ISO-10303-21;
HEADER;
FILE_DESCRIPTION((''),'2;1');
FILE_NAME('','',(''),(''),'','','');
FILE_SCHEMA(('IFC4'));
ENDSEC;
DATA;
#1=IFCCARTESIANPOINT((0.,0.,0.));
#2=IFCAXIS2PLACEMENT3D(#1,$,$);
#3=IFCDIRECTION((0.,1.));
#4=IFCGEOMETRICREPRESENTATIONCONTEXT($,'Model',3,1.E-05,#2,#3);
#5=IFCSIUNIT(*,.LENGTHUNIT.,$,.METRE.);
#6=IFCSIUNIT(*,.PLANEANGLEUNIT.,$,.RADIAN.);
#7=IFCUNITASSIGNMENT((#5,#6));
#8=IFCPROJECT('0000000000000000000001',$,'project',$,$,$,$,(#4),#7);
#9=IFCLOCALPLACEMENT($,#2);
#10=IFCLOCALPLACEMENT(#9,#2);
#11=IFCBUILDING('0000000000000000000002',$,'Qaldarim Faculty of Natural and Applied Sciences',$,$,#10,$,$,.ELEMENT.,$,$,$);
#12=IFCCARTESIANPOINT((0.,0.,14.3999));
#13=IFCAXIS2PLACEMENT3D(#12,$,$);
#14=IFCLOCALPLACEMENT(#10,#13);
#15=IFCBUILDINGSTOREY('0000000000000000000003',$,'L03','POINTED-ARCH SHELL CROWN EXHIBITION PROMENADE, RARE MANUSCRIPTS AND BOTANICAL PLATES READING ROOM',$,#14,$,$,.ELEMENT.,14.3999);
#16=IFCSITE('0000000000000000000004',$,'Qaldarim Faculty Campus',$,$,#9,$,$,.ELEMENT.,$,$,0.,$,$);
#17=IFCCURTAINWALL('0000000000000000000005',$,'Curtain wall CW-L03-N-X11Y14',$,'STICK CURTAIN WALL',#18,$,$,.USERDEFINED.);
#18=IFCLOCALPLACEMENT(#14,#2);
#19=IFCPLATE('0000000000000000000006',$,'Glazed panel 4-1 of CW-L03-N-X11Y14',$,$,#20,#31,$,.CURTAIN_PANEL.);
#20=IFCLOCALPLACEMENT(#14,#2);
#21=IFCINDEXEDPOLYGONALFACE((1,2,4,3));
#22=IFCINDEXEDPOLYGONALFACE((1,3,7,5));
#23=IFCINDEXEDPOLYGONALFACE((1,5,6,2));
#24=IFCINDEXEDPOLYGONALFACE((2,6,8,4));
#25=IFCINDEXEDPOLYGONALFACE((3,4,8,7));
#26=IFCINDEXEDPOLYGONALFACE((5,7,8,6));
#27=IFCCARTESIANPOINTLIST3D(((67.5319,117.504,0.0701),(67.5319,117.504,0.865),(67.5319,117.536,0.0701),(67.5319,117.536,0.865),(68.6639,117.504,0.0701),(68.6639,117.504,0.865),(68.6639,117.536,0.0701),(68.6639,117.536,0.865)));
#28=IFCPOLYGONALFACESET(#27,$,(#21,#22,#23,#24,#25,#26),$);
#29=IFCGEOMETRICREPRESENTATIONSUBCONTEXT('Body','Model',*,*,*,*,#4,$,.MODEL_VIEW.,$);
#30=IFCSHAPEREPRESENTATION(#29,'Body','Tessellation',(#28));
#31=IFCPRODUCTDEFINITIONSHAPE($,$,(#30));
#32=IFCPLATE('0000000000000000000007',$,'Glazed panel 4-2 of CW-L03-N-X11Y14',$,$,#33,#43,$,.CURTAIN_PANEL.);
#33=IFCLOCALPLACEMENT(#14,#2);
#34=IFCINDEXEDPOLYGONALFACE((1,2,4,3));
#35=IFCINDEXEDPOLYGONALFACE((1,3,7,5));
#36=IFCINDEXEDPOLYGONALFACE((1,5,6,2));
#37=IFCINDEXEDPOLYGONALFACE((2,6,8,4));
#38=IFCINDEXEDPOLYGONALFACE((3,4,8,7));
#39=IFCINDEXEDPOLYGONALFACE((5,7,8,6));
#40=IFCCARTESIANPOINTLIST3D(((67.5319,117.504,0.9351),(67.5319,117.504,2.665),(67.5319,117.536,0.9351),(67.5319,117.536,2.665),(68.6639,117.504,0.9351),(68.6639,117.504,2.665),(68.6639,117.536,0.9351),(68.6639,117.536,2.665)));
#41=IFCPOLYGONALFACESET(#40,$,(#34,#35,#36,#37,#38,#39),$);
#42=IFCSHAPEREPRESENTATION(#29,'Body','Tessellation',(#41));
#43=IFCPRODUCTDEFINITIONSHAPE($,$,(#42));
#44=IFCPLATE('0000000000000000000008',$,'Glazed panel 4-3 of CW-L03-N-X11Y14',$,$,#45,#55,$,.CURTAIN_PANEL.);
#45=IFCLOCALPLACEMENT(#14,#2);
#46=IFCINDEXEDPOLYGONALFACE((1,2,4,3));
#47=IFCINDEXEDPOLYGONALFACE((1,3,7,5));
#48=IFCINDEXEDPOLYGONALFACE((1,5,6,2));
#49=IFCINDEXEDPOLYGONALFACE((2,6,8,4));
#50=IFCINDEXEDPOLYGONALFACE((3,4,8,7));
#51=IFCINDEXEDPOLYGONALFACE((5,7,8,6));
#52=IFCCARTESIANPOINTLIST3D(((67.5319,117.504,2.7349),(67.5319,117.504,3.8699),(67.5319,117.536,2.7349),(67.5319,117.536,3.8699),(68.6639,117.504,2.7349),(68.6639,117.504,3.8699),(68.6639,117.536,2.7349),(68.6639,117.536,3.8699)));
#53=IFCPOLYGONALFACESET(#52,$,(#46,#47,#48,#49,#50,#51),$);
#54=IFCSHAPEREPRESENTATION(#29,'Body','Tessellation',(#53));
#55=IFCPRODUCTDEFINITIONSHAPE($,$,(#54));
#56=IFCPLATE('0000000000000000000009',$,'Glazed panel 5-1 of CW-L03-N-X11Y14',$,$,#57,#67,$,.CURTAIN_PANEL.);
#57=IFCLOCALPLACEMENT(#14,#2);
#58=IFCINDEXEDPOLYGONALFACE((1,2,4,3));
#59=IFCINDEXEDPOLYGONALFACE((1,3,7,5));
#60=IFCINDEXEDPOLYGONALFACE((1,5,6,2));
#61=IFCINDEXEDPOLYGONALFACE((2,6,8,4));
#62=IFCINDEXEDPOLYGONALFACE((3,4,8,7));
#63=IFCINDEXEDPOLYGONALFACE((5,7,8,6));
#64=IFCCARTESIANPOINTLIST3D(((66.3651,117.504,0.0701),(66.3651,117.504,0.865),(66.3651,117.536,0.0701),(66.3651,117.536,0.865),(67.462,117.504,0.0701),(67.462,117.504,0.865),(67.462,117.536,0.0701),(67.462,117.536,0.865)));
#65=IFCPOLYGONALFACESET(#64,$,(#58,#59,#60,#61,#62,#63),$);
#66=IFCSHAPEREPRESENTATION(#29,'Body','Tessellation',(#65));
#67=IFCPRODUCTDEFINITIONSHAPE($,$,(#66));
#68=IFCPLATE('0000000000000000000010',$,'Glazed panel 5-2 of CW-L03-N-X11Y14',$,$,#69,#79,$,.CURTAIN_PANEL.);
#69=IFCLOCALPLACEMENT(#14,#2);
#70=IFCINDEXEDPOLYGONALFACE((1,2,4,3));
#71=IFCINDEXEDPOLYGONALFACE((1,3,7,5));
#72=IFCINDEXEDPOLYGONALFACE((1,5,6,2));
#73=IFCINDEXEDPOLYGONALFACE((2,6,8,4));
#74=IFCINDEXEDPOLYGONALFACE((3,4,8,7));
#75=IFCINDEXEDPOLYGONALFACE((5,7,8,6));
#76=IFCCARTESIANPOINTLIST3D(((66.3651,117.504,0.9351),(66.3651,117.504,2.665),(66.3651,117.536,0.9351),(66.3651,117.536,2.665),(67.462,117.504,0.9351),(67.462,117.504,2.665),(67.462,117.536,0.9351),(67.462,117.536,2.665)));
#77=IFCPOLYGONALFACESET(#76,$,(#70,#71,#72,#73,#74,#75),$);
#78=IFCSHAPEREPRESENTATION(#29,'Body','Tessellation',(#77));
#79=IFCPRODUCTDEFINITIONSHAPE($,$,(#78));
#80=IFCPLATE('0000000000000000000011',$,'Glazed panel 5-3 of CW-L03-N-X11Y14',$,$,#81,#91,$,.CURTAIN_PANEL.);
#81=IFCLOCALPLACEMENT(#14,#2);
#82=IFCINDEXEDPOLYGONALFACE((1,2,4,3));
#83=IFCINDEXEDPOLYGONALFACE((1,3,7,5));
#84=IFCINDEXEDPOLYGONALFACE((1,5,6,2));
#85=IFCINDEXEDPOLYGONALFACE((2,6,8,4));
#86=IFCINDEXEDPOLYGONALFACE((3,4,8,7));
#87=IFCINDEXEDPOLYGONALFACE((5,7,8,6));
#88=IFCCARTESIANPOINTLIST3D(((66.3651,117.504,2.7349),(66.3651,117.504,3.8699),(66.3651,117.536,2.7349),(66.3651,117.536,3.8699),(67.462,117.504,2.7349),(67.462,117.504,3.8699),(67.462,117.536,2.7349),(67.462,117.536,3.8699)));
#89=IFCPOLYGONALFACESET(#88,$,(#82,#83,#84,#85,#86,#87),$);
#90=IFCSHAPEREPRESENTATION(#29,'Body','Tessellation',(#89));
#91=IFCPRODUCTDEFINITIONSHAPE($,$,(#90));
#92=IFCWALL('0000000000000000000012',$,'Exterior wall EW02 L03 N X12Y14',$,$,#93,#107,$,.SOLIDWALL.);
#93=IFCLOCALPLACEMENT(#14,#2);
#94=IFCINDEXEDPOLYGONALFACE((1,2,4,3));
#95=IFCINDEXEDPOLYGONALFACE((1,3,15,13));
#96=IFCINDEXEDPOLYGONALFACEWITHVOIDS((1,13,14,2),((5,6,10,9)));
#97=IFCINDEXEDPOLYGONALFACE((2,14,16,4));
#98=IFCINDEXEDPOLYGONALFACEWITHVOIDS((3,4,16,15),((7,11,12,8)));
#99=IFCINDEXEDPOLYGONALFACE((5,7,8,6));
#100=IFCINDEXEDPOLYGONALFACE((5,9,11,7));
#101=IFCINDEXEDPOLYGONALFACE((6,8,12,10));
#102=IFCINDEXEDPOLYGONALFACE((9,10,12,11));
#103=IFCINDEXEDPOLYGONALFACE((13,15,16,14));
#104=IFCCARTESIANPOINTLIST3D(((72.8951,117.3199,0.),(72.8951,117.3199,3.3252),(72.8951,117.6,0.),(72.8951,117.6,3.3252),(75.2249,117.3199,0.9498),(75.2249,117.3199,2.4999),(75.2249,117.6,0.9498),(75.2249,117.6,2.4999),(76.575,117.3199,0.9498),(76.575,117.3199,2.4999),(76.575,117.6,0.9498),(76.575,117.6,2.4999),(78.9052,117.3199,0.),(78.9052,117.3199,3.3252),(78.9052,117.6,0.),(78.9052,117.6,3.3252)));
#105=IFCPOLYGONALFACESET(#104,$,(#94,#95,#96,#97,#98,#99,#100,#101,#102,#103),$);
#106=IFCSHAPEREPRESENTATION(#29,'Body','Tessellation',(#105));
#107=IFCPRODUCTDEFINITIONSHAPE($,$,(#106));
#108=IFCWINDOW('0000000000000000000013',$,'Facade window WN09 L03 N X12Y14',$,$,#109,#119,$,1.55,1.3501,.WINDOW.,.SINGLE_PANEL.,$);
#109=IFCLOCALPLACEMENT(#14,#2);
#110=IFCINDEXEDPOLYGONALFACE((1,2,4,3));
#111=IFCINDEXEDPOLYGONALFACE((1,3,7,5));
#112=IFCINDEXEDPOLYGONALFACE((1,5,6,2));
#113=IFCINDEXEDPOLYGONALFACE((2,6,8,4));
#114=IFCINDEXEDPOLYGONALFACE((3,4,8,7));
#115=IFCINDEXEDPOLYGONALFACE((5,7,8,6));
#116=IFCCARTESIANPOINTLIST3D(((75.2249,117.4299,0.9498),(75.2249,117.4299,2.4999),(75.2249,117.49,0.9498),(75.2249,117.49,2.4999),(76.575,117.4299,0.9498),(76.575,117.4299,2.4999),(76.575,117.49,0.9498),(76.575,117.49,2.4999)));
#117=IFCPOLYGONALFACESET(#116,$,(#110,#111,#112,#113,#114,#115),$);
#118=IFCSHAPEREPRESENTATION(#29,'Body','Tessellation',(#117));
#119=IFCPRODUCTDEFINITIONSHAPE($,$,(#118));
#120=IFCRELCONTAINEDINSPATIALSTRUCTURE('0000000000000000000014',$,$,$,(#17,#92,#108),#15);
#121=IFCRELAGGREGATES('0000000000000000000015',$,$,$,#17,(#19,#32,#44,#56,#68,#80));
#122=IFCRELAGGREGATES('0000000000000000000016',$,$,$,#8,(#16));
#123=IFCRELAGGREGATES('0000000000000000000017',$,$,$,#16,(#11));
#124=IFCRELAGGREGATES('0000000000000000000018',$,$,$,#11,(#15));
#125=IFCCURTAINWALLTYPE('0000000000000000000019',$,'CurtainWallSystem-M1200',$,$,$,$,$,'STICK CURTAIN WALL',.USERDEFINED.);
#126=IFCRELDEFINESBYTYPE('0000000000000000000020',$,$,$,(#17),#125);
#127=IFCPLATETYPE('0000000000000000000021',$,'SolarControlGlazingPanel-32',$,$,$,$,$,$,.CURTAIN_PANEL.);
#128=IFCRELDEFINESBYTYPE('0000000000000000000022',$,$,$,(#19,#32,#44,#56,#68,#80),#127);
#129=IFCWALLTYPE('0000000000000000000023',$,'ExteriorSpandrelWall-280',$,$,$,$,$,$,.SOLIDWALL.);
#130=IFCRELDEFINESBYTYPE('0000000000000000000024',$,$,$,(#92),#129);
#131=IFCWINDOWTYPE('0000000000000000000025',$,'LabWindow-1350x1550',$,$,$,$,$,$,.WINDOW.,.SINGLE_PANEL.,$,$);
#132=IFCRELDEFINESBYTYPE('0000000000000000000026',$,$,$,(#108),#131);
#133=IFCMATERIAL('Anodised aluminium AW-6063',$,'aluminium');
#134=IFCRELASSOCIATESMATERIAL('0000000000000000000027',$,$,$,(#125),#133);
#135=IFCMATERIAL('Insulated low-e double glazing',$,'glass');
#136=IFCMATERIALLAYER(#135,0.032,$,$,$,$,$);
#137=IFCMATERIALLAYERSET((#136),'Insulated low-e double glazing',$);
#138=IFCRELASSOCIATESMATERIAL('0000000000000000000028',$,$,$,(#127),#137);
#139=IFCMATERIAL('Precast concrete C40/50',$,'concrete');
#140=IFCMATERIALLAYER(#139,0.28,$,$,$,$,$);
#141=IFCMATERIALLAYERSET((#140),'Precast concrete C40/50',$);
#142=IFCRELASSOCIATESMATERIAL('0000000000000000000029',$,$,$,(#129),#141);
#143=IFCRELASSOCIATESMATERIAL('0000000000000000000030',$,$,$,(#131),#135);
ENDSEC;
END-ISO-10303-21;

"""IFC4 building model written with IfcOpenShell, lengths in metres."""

from ifc_helpers import new_model, si_unit, direction, frame, frame_2d, origin, origin_2d, place, context, subcontext, project, spatial, rectangle, extrude, material, layer, layer_set, type_object, element, fill, aggregate, save


model = new_model("IFC4")

# Units and contexts
model_context = context("Model", 3, precision=1e-05, world=origin(), true_north=direction((0.0, 1.0)))
body_context = subcontext(model_context, "Body", "Model", "MODEL_VIEW")
ifc_project = project(units=[si_unit("LENGTHUNIT", "METRE"), si_unit("PLANEANGLEUNIT", "RADIAN")], contexts=[model_context])

# Site, building, storey
site_placement = place(None, origin())
site = spatial("IfcSite", under=ifc_project, at=site_placement, Name="Qaldarim Faculty Campus", CompositionType="ELEMENT", RefElevation=0.0)
building_placement = place(site_placement, origin())
building = spatial("IfcBuilding", under=site, at=building_placement, Name="Qaldarim Faculty of Natural and Applied Sciences", CompositionType="ELEMENT")
storey_placement = place(building_placement, frame((0.0, 0.0, 14.3999)))
storey = spatial("IfcBuildingStorey", under=building, at=storey_placement, Name="L03", Description="POINTED-ARCH SHELL CROWN EXHIBITION PROMENADE, RARE MANUSCRIPTS AND BOTANICAL PLATES READING ROOM", CompositionType="ELEMENT", Elevation=14.3999)

# Curtain wall, plates
ifc_material_1 = material(Name="Anodised aluminium AW-6063", Category="aluminium")
curtain_wall_type = type_object("IfcCurtainWallType", Name="CurtainWallSystem-M1200", ElementType="STICK CURTAIN WALL", PredefinedType="USERDEFINED", material=ifc_material_1)
curtain_wall_placement = place(storey_placement, origin())
curtain_wall = element("IfcCurtainWall", 1, at=curtain_wall_placement, inside=storey, type_object=curtain_wall_type, Name="Curtain wall CW-L03-N-X11Y14", ObjectType="STICK CURTAIN WALL", PredefinedType="USERDEFINED")
ifc_material_2 = material(Name="Insulated low-e double glazing", Category="glass")
ifc_layer_1 = layer(ifc_material_2, 0.032)
ifc_layer_set_1 = layer_set([ifc_layer_1], Name="Insulated low-e double glazing")
plate_type = type_object("IfcPlateType", Name="SolarControlGlazingPanel-32", PredefinedType="CURTAIN_PANEL", material=ifc_layer_set_1)
plate_1_placement = place(storey_placement, frame((68.0979, 117.52, 0.0701), z_axis=(0.0, 0.0, 1.0), x_axis=(-1.0, 0.0, 0.0)))
plate_1 = element("IfcPlate", 2, at=plate_1_placement, type_object=plate_type, Name="Glazed panel 4-1 of CW-L03-N-X11Y14", PredefinedType="CURTAIN_PANEL", context=body_context, shape_type="SweptSolid", body=[
    extrude(rectangle(XDim=1.1321, YDim=0.032, at=origin_2d()), origin(), (0.0, 0.0, 1.0), 0.7949),
])
plate_2_placement = place(storey_placement, frame((68.0979, 117.52, 0.9351), z_axis=(0.0, 0.0, 1.0), x_axis=(-1.0, 0.0, 0.0)))
plate_2 = element("IfcPlate", 3, at=plate_2_placement, type_object=plate_type, Name="Glazed panel 4-2 of CW-L03-N-X11Y14", PredefinedType="CURTAIN_PANEL", context=body_context, shape_type="SweptSolid", body=[
    extrude(rectangle(XDim=1.1321, YDim=0.032, at=origin_2d()), origin(), (0.0, 0.0, 1.0), 1.73),
])
plate_3_placement = place(storey_placement, frame((68.0979, 117.52, 2.7349), z_axis=(0.0, 0.0, 1.0), x_axis=(-1.0, 0.0, 0.0)))
plate_3 = element("IfcPlate", 4, at=plate_3_placement, type_object=plate_type, Name="Glazed panel 4-3 of CW-L03-N-X11Y14", PredefinedType="CURTAIN_PANEL", context=body_context, shape_type="SweptSolid", body=[
    extrude(rectangle(XDim=1.1321, YDim=0.032, at=origin_2d()), origin(), (0.0, 0.0, 1.0), 1.135),
])
plate_4_placement = place(storey_placement, frame((66.9136, 117.52, 0.0701), z_axis=(0.0, 0.0, 1.0), x_axis=(-1.0, 0.0, 0.0)))
plate_4 = element("IfcPlate", 5, at=plate_4_placement, type_object=plate_type, Name="Glazed panel 5-1 of CW-L03-N-X11Y14", PredefinedType="CURTAIN_PANEL", context=body_context, shape_type="SweptSolid", body=[
    extrude(rectangle(XDim=1.0969, YDim=0.032, at=origin_2d()), origin(), (0.0, 0.0, 1.0), 0.7949),
])
plate_5_placement = place(storey_placement, frame((66.9136, 117.52, 0.9351), z_axis=(0.0, 0.0, 1.0), x_axis=(-1.0, 0.0, 0.0)))
plate_5 = element("IfcPlate", 6, at=plate_5_placement, type_object=plate_type, Name="Glazed panel 5-2 of CW-L03-N-X11Y14", PredefinedType="CURTAIN_PANEL", context=body_context, shape_type="SweptSolid", body=[
    extrude(rectangle(XDim=1.0969, YDim=0.032, at=origin_2d()), origin(), (0.0, 0.0, 1.0), 1.73),
])
plate_6_placement = place(storey_placement, frame((66.9136, 117.52, 2.7349), z_axis=(0.0, 0.0, 1.0), x_axis=(-1.0, 0.0, 0.0)))
plate_6 = element("IfcPlate", 7, at=plate_6_placement, type_object=plate_type, Name="Glazed panel 5-3 of CW-L03-N-X11Y14", PredefinedType="CURTAIN_PANEL", context=body_context, shape_type="SweptSolid", body=[
    extrude(rectangle(XDim=1.0969, YDim=0.032, at=origin_2d()), origin(), (0.0, 0.0, 1.0), 1.135),
])
aggregate(curtain_wall, [plate_1, plate_2, plate_3, plate_4, plate_5, plate_6])

# Wall, opening, window
ifc_material_3 = material(Name="Precast concrete C40/50", Category="concrete")
ifc_layer_2 = layer(ifc_material_3, 0.28)
ifc_layer_set_2 = layer_set([ifc_layer_2], Name="Precast concrete C40/50")
wall_type = type_object("IfcWallType", Name="ExteriorSpandrelWall-280", PredefinedType="SOLIDWALL", material=ifc_layer_set_2)
wall_placement = place(storey_placement, frame((78.905, 117.46, 0.0), z_axis=(0.0, 0.0, 1.0), x_axis=(-1.0, 0.0, 0.0)))
wall = element("IfcWall", 8, at=wall_placement, inside=storey, type_object=wall_type, Name="Exterior wall EW02 L03 N X12Y14", PredefinedType="SOLIDWALL", context=body_context, shape_type="SweptSolid", body=[
    extrude(rectangle(XDim=6.01, YDim=0.28, at=frame_2d((3.0049, 0.0))), origin(), (0.0, 0.0, 1.0), 3.3252),
])
opening_placement = place(wall_placement, frame((2.3301, 0.0, 0.95)))
opening = element("IfcOpeningElement", 9, at=opening_placement, cuts=wall, PredefinedType="OPENING", context=body_context, shape_type="SweptSolid", body=[
    extrude(rectangle(XDim=1.3501, YDim=1.55, at=frame_2d((0.675, 0.7749))), frame((0.0, 0.1499, 0.0), z_axis=(0.0, -1.0, 0.0), x_axis=(1.0, 0.0, 0.0)), (0.0, 0.0, 1.0), 0.3),
])
window_type = type_object("IfcWindowType", Name="LabWindow-1350x1550", PartitioningType="SINGLE_PANEL", PredefinedType="WINDOW", material=ifc_material_2)
window_placement = place(opening_placement, origin())
window = element("IfcWindow", 10, at=window_placement, inside=storey, type_object=window_type, Name="Facade window WN09 L03 N X12Y14", OverallHeight=1.55, OverallWidth=1.3501, PartitioningType="SINGLE_PANEL", PredefinedType="WINDOW", context=body_context, shape_type="SweptSolid", body=[
    extrude(rectangle(XDim=1.3501, YDim=1.55, at=frame_2d((0.675, 0.7749))), frame((0.0, 0.03, 0.0), z_axis=(0.0, -1.0, 0.0), x_axis=(1.0, 0.0, 0.0)), (0.0, 0.0, 1.0), 0.0601),
])
fill(opening, window)

save(model, "model.ifc")
